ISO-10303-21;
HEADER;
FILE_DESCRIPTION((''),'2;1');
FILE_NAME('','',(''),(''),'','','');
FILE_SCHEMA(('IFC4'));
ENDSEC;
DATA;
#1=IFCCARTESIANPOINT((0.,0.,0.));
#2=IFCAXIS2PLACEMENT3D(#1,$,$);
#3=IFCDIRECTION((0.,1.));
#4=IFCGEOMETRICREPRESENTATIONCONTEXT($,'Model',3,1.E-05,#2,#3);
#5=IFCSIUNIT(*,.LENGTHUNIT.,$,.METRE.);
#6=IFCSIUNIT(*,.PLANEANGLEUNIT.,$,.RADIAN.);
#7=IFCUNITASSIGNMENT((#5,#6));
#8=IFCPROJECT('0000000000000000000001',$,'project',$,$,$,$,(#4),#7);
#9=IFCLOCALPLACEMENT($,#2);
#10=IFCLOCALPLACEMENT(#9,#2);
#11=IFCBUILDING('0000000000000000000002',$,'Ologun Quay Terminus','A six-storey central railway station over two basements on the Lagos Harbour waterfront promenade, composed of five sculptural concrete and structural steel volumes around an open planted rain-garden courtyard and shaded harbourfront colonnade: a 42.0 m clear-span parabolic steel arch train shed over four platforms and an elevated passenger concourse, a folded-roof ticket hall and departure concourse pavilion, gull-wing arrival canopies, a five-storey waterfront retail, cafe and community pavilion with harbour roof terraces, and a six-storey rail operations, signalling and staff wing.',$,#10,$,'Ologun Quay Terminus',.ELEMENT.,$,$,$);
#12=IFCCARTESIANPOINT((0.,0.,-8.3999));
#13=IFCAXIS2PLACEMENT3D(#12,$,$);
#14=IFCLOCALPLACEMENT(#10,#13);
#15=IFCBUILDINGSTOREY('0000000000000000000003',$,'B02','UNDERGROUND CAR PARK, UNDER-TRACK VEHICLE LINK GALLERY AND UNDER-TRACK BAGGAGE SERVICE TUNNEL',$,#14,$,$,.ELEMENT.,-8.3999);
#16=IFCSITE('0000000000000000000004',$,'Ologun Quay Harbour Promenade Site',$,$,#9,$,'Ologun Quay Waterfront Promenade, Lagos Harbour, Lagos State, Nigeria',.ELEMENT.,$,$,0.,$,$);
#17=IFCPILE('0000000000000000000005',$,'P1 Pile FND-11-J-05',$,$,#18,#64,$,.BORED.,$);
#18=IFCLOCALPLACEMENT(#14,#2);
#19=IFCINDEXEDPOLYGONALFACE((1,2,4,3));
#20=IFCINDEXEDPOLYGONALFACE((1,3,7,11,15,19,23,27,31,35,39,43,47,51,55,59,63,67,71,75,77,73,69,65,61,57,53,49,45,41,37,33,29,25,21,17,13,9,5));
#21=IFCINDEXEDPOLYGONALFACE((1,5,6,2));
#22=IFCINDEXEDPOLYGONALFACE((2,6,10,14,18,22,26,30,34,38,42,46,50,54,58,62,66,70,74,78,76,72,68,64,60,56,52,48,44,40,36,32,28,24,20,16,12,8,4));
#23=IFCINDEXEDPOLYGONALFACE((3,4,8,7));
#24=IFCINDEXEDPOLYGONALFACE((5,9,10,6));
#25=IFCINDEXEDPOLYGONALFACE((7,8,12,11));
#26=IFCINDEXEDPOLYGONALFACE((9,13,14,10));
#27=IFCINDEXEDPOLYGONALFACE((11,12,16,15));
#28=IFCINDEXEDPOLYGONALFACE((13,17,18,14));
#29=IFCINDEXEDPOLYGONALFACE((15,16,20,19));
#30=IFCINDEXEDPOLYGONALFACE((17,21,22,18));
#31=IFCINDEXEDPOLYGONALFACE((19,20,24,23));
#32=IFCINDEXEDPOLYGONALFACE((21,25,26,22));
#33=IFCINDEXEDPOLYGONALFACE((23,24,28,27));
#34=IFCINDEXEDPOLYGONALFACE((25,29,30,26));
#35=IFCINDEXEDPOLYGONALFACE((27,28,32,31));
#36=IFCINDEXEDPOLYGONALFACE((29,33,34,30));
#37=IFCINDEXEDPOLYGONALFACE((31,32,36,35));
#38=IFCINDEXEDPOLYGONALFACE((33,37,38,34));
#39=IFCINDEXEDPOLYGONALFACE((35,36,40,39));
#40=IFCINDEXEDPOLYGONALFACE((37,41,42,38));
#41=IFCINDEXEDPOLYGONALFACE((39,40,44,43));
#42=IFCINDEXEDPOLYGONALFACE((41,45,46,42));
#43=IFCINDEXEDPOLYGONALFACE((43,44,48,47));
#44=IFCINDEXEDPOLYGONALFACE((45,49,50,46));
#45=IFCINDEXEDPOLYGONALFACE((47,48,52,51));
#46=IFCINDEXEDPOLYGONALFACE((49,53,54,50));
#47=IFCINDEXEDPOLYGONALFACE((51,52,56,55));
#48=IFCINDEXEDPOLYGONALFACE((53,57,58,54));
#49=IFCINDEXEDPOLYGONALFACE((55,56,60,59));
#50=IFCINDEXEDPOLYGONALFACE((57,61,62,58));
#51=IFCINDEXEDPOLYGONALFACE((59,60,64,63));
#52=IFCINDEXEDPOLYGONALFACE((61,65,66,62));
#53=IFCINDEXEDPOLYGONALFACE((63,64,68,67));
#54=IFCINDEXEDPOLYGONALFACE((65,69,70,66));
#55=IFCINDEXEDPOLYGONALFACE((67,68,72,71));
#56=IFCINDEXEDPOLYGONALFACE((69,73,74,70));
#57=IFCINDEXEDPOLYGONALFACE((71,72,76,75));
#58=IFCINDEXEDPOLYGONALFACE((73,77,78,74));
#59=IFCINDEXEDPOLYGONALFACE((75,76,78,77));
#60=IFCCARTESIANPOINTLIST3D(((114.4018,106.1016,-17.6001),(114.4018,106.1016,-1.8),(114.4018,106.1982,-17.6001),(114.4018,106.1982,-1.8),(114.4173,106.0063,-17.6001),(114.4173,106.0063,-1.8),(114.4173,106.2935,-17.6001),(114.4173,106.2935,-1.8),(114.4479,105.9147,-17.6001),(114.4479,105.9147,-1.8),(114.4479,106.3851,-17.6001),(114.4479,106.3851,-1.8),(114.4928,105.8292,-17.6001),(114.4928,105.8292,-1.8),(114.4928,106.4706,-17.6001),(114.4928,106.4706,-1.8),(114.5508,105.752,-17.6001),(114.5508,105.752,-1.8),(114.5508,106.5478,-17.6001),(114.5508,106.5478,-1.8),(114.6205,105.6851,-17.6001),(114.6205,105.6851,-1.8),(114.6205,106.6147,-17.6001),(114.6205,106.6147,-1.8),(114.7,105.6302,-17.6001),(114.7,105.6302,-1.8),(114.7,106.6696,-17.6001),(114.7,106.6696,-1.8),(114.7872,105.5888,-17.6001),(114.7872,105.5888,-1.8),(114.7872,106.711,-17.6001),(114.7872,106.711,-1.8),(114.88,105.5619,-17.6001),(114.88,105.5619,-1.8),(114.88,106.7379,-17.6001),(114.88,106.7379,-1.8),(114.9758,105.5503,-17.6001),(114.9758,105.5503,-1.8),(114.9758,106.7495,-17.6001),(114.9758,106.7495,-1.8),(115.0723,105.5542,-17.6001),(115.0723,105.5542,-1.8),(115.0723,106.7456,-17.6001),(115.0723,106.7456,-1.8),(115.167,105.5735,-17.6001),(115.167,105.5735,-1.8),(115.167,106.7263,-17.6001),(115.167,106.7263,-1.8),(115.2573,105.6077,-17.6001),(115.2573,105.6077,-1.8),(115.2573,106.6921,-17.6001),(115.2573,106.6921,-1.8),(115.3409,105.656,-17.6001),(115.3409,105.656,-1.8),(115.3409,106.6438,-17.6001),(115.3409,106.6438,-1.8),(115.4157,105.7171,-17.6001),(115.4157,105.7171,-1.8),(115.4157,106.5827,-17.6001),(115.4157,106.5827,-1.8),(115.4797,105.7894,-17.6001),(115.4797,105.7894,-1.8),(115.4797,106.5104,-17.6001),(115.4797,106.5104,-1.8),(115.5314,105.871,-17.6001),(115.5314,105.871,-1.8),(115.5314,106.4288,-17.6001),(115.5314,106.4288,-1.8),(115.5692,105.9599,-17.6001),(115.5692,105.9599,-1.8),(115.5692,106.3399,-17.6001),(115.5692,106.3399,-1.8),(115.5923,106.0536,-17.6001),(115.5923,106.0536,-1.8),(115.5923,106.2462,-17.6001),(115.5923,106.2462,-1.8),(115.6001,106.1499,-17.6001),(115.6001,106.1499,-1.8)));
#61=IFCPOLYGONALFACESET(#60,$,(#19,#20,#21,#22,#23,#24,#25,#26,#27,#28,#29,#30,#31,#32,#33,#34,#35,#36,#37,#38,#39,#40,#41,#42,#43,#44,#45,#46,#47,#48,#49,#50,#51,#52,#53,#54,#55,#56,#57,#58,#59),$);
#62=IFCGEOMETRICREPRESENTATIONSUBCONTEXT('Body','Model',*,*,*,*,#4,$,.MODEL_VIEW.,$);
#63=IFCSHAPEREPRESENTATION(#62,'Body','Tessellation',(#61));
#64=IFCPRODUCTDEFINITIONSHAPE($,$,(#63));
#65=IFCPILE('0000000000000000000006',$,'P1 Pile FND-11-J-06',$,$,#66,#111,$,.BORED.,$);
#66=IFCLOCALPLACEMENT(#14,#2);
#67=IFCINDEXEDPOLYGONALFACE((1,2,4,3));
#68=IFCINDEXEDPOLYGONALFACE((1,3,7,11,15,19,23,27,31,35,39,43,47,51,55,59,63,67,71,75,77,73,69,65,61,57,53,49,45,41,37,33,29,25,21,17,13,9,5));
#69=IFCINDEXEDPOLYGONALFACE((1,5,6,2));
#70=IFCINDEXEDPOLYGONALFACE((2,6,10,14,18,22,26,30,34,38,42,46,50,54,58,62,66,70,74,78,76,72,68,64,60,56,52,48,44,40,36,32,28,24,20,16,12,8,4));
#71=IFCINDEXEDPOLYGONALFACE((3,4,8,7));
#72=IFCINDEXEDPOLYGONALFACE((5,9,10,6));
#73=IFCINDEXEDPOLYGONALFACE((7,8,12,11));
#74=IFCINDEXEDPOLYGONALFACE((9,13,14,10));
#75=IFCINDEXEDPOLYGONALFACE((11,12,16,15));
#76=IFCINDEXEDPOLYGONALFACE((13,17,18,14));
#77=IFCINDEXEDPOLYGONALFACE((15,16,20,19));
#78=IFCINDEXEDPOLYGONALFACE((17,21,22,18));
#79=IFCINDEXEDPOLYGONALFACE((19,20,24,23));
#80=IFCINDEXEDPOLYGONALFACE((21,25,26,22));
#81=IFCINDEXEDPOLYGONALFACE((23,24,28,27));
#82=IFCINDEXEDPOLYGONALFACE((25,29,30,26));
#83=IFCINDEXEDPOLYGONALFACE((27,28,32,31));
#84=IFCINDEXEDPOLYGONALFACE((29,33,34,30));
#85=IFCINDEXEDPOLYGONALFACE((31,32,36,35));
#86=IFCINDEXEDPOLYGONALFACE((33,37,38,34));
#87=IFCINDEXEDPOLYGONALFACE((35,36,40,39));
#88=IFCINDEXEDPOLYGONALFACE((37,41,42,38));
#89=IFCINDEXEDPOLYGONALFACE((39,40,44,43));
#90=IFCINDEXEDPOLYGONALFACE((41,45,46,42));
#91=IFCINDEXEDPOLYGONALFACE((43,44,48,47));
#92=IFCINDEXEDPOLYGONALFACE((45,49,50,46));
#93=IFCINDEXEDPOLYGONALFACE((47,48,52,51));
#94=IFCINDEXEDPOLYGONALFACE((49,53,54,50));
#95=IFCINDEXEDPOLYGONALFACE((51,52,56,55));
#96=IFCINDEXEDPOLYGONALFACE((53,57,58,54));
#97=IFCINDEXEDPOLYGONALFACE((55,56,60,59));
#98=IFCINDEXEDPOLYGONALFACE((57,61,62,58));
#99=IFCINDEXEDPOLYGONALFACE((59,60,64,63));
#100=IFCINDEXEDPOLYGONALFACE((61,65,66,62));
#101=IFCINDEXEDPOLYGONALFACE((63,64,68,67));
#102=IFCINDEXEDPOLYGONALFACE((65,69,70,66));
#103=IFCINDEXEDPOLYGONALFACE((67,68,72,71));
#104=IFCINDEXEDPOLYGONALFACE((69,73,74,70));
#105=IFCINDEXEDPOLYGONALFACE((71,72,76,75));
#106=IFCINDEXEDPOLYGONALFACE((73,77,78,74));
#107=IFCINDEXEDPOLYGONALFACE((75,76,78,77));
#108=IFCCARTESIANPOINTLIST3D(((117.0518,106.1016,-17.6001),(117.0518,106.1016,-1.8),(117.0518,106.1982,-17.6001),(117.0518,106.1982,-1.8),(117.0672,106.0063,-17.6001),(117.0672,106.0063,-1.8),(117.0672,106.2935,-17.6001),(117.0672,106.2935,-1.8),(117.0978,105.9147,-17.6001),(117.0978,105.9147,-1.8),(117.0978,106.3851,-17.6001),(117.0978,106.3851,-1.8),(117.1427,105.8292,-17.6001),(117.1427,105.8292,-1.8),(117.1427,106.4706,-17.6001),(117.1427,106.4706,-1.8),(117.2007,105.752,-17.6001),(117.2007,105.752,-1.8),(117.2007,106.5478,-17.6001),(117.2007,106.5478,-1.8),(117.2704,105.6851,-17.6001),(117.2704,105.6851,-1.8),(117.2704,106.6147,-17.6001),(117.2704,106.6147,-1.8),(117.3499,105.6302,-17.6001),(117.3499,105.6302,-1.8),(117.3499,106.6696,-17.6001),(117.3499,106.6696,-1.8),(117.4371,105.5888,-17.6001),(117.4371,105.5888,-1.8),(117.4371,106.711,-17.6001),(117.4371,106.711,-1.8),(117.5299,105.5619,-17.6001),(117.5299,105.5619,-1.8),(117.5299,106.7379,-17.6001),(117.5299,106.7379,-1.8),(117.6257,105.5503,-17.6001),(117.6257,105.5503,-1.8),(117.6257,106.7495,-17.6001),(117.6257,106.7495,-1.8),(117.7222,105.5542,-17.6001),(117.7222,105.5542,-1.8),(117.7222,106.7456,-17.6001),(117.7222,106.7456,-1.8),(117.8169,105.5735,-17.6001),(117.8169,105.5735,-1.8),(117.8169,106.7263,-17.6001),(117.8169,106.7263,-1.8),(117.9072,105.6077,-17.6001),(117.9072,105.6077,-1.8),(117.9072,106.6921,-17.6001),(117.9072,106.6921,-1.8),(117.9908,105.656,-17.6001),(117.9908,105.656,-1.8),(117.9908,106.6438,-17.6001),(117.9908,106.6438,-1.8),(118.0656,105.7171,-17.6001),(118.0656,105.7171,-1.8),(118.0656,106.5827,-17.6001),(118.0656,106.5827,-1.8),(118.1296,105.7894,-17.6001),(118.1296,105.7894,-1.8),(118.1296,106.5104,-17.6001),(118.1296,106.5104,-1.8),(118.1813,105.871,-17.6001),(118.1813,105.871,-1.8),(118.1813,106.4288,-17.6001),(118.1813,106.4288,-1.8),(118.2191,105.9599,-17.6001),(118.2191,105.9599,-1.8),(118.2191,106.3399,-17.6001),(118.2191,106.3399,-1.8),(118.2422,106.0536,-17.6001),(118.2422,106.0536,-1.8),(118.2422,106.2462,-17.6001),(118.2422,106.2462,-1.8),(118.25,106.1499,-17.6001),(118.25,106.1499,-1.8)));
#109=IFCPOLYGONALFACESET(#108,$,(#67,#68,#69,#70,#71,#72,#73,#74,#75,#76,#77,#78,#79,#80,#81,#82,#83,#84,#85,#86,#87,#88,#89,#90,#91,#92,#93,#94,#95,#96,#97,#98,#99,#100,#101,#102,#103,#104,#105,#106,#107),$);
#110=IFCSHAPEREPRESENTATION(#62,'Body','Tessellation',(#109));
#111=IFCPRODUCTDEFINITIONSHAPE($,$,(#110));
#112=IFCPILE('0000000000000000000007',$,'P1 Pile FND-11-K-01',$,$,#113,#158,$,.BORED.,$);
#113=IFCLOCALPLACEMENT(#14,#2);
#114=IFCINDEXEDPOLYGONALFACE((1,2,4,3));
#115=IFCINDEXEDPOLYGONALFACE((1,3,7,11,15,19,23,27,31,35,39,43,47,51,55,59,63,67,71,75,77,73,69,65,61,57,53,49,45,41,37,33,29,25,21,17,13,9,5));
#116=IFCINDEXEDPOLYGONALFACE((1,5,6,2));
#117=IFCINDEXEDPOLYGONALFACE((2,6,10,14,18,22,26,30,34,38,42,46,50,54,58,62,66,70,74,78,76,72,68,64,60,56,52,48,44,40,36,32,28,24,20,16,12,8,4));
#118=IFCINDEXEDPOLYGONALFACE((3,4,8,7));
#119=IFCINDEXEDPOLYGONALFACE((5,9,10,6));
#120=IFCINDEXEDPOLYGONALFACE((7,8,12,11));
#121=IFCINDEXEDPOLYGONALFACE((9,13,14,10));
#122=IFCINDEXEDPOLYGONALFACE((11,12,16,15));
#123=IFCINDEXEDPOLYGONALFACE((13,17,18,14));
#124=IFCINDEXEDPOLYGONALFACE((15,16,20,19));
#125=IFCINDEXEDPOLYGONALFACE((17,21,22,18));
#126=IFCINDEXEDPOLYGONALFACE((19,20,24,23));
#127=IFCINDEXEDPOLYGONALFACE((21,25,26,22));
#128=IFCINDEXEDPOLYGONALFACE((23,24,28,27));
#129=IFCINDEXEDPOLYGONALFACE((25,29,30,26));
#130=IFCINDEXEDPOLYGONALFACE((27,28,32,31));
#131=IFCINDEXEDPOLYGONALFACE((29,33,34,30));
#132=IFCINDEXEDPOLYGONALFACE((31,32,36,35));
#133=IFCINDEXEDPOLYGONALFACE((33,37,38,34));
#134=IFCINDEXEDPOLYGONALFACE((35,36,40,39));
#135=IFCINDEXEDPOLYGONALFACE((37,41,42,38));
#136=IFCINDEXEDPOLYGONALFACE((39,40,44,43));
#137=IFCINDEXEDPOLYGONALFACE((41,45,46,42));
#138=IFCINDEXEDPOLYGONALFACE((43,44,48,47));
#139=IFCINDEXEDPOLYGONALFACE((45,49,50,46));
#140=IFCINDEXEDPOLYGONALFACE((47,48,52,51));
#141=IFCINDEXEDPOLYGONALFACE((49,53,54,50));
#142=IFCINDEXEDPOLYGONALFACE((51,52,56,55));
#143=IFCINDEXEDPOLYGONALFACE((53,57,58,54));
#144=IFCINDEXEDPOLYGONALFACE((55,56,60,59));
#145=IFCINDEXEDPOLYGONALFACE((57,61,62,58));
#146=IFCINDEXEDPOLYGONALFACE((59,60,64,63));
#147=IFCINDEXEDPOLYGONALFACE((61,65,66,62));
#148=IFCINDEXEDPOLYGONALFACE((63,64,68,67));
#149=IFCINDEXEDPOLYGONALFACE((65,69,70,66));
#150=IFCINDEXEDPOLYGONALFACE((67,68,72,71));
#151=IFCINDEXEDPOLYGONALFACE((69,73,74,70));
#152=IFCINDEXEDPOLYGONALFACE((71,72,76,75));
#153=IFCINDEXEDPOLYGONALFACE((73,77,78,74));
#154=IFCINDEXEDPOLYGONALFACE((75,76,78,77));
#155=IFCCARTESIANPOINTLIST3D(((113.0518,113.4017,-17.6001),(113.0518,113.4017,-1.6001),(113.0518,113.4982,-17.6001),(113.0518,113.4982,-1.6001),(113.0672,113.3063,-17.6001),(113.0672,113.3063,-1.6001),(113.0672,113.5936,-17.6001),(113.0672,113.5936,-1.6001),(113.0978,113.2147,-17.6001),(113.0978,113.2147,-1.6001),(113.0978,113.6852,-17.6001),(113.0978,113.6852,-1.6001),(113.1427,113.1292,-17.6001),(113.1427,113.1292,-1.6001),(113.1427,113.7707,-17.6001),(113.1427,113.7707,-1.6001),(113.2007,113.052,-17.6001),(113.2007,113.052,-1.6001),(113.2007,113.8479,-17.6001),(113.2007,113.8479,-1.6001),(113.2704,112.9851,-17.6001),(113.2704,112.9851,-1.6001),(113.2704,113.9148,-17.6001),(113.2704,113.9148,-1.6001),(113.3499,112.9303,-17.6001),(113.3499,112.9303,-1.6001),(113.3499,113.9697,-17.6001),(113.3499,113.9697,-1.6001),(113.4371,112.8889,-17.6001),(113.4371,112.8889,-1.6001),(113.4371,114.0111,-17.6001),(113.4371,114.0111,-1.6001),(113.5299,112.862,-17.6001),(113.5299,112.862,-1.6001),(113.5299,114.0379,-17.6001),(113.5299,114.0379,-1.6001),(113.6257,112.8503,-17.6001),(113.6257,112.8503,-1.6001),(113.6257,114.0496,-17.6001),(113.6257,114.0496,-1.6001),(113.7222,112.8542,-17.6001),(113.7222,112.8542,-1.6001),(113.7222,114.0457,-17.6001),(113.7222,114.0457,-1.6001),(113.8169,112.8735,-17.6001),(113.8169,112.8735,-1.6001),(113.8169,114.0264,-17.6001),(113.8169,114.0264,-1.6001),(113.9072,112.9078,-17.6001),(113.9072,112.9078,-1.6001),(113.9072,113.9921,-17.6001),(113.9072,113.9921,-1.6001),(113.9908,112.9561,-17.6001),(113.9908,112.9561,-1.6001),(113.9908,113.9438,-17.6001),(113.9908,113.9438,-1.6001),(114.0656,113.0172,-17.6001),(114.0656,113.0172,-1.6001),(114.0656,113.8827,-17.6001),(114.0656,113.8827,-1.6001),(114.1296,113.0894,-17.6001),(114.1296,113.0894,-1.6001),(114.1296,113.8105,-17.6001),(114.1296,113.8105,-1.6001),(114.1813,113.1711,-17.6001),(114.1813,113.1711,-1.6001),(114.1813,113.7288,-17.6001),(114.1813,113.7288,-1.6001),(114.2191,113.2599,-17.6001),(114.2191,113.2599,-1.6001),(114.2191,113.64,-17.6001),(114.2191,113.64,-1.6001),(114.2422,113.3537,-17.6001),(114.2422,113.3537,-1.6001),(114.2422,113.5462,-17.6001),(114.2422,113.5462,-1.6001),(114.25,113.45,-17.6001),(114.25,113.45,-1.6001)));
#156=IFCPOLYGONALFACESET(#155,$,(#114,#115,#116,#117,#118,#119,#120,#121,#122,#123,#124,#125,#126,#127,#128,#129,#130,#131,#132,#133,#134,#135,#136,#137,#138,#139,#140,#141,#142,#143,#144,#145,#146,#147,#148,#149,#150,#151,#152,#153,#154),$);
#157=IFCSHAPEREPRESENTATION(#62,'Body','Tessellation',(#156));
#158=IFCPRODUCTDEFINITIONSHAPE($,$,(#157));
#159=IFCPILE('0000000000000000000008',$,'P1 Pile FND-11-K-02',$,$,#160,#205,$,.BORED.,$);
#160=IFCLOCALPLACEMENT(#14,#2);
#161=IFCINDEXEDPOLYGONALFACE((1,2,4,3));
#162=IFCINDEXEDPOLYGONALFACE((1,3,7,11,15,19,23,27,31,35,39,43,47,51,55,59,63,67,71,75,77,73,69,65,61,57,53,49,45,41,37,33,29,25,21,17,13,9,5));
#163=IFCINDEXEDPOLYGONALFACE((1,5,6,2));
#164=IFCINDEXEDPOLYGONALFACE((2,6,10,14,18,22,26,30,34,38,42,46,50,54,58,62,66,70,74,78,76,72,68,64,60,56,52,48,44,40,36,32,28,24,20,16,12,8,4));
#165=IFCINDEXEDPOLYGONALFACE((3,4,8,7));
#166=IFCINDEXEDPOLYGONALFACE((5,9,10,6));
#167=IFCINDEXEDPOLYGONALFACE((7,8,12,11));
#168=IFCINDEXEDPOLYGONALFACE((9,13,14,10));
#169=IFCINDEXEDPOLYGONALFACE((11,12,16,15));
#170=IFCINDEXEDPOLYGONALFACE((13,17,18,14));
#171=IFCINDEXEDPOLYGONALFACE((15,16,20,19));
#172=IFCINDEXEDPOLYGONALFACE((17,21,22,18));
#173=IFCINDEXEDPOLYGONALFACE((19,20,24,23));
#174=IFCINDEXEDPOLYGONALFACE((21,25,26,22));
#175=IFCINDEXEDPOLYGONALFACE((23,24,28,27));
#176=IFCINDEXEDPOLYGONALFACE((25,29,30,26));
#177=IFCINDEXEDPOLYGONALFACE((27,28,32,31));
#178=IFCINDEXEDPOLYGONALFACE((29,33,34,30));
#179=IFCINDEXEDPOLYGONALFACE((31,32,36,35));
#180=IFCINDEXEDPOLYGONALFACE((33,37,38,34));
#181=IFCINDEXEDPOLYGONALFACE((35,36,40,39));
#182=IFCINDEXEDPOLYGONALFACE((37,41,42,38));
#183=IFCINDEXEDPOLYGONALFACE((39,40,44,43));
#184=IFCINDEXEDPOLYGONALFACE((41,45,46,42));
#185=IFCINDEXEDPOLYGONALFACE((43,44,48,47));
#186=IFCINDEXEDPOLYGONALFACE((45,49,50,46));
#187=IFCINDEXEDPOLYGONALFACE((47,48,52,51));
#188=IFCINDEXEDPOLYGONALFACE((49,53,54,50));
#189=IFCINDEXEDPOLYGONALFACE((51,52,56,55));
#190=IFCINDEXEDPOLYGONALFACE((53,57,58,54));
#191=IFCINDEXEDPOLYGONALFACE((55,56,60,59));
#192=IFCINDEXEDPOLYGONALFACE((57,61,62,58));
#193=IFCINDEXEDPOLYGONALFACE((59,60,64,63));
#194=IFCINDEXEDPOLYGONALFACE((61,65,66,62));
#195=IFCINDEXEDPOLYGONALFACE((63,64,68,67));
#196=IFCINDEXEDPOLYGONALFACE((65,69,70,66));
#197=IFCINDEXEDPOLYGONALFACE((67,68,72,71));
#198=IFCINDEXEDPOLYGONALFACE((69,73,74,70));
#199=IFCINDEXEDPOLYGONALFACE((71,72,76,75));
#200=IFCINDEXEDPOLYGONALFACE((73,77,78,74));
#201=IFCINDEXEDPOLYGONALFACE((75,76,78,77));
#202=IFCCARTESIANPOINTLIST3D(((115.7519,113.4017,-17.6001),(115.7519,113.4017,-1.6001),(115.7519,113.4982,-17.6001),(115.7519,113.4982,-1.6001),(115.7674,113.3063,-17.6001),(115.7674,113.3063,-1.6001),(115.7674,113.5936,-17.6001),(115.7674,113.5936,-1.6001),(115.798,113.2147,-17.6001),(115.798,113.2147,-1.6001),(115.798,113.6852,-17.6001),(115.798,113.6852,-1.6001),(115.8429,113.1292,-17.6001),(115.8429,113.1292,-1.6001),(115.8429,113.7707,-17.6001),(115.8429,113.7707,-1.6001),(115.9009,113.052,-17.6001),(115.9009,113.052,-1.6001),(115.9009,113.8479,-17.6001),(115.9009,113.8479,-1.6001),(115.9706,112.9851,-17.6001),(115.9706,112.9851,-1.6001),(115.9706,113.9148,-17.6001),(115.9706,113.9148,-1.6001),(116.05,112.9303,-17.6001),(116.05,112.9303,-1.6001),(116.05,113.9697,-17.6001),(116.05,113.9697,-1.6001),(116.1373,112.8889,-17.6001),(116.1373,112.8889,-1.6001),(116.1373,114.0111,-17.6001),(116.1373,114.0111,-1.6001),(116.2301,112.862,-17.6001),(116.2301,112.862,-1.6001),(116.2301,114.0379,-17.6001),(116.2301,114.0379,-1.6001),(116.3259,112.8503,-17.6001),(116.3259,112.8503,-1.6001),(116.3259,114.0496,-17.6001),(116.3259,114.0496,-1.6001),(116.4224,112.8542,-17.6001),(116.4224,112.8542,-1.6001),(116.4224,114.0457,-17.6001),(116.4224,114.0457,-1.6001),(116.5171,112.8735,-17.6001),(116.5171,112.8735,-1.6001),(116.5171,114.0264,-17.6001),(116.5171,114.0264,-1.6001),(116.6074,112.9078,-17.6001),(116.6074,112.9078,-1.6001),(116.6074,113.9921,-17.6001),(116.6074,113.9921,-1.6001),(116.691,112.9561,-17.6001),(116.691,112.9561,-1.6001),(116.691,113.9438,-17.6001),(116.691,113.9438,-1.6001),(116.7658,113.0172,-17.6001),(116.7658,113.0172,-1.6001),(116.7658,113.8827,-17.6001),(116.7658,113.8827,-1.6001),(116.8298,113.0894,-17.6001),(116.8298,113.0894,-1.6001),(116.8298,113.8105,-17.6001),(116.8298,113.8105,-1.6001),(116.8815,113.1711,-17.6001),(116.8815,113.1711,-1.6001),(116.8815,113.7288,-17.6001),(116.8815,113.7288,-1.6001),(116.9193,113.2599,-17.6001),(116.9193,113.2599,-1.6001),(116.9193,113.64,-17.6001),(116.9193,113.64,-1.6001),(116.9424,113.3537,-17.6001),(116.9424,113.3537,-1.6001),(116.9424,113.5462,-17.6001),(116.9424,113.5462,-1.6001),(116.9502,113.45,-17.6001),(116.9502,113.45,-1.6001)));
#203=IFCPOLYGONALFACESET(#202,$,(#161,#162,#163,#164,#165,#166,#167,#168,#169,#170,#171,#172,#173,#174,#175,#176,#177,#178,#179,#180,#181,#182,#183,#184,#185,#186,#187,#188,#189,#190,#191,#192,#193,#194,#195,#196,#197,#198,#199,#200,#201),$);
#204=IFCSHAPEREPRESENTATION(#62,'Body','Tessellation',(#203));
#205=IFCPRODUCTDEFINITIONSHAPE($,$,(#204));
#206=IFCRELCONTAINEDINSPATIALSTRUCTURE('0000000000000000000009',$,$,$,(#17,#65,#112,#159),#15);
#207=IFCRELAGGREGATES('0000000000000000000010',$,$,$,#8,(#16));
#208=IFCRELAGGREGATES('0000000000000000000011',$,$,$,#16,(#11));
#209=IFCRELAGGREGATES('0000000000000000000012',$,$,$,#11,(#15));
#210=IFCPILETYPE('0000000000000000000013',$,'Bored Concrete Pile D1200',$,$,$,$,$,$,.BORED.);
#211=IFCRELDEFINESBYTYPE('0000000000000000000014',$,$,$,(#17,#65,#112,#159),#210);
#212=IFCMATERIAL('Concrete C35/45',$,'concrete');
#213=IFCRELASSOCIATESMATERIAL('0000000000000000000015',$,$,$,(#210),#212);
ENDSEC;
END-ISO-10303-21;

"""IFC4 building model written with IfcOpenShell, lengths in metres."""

from ifc_helpers import new_model, si_unit, direction, frame, origin, origin_2d, place, context, subcontext, project, spatial, circle, extrude, material, material_profile, profile_set, type_object, element, save


model = new_model("IFC4")

# Units and contexts
model_context = context("Model", 3, precision=1e-05, world=origin(), true_north=direction((0.0, 1.0)))
body_context = subcontext(model_context, "Body", "Model", "MODEL_VIEW")
ifc_project = project(units=[si_unit("LENGTHUNIT", "METRE"), si_unit("PLANEANGLEUNIT", "RADIAN")], contexts=[model_context])

# Site, building, storey
site_placement = place(None, origin())
site = spatial("IfcSite", under=ifc_project, at=site_placement, Name="Ologun Quay Harbour Promenade Site", LongName="Ologun Quay Waterfront Promenade, Lagos Harbour, Lagos State, Nigeria", CompositionType="ELEMENT", RefElevation=0.0)
building_placement = place(site_placement, origin())
building = spatial("IfcBuilding", under=site, at=building_placement, Name="Ologun Quay Terminus", Description="A six-storey central railway station over two basements on the Lagos Harbour waterfront promenade, composed of five sculptural concrete and structural steel volumes around an open planted rain-garden courtyard and shaded harbourfront colonnade: a 42.0 m clear-span parabolic steel arch train shed over four platforms and an elevated passenger concourse, a folded-roof ticket hall and departure concourse pavilion, gull-wing arrival canopies, a five-storey waterfront retail, cafe and community pavilion with harbour roof terraces, and a six-storey rail operations, signalling and staff wing.", LongName="Ologun Quay Terminus", CompositionType="ELEMENT")
storey_placement = place(building_placement, frame((0.0, 0.0, -8.3999)))
storey = spatial("IfcBuildingStorey", under=building, at=storey_placement, Name="B02", Description="UNDERGROUND CAR PARK, UNDER-TRACK VEHICLE LINK GALLERY AND UNDER-TRACK BAGGAGE SERVICE TUNNEL", CompositionType="ELEMENT", Elevation=-8.3999)

# Piles
ifc_material_1 = material(Name="Concrete C35/45", Category="concrete")
ifc_material_profile_1 = material_profile(ifc_material_1, circle(Radius=0.6001, at=origin_2d()), Name="PILE D1200")
ifc_profile_set_1 = profile_set([ifc_material_profile_1], Name="Concrete C35/45")
pile_type_1 = type_object("IfcPileType", Name="Bored Concrete Pile D1200", PredefinedType="BORED", material=ifc_profile_set_1)
for number, where, z_axis, x_axis, name in (
    (1, (115.0, 106.1499, -1.8), (0.0, 0.0, -1.0), (1.0, 0.0, 0.0), "P1 Pile FND-11-J-05"),
    (2, (117.6499, 106.1499, -1.8), (0.0, 0.0, -1.0), (1.0, 0.0, 0.0), "P1 Pile FND-11-J-06"),
):
    element("IfcPile", number, at=place(storey_placement, frame(where, z_axis=z_axis, x_axis=x_axis)), inside=storey, type_object=pile_type_1, Name=name, PredefinedType="BORED", context=body_context, shape_type="SweptSolid", body=[
        extrude(circle(Radius=0.6001, at=origin_2d()), origin(), (0.0, 0.0, 1.0), 15.8),
    ])
for number, where, z_axis, x_axis, name in (
    (3, (113.6499, 113.45, -1.6001), (0.0, 0.0, -1.0), (1.0, 0.0, 0.0), "P1 Pile FND-11-K-01"),
    (4, (116.3501, 113.45, -1.6001), (0.0, 0.0, -1.0), (1.0, 0.0, 0.0), "P1 Pile FND-11-K-02"),
):
    element("IfcPile", number, at=place(storey_placement, frame(where, z_axis=z_axis, x_axis=x_axis)), inside=storey, type_object=pile_type_1, Name=name, PredefinedType="BORED", context=body_context, shape_type="SweptSolid", body=[
        extrude(circle(Radius=0.6001, at=origin_2d()), origin(), (0.0, 0.0, 1.0), 16.0),
    ])

save(model, "model.ifc")
